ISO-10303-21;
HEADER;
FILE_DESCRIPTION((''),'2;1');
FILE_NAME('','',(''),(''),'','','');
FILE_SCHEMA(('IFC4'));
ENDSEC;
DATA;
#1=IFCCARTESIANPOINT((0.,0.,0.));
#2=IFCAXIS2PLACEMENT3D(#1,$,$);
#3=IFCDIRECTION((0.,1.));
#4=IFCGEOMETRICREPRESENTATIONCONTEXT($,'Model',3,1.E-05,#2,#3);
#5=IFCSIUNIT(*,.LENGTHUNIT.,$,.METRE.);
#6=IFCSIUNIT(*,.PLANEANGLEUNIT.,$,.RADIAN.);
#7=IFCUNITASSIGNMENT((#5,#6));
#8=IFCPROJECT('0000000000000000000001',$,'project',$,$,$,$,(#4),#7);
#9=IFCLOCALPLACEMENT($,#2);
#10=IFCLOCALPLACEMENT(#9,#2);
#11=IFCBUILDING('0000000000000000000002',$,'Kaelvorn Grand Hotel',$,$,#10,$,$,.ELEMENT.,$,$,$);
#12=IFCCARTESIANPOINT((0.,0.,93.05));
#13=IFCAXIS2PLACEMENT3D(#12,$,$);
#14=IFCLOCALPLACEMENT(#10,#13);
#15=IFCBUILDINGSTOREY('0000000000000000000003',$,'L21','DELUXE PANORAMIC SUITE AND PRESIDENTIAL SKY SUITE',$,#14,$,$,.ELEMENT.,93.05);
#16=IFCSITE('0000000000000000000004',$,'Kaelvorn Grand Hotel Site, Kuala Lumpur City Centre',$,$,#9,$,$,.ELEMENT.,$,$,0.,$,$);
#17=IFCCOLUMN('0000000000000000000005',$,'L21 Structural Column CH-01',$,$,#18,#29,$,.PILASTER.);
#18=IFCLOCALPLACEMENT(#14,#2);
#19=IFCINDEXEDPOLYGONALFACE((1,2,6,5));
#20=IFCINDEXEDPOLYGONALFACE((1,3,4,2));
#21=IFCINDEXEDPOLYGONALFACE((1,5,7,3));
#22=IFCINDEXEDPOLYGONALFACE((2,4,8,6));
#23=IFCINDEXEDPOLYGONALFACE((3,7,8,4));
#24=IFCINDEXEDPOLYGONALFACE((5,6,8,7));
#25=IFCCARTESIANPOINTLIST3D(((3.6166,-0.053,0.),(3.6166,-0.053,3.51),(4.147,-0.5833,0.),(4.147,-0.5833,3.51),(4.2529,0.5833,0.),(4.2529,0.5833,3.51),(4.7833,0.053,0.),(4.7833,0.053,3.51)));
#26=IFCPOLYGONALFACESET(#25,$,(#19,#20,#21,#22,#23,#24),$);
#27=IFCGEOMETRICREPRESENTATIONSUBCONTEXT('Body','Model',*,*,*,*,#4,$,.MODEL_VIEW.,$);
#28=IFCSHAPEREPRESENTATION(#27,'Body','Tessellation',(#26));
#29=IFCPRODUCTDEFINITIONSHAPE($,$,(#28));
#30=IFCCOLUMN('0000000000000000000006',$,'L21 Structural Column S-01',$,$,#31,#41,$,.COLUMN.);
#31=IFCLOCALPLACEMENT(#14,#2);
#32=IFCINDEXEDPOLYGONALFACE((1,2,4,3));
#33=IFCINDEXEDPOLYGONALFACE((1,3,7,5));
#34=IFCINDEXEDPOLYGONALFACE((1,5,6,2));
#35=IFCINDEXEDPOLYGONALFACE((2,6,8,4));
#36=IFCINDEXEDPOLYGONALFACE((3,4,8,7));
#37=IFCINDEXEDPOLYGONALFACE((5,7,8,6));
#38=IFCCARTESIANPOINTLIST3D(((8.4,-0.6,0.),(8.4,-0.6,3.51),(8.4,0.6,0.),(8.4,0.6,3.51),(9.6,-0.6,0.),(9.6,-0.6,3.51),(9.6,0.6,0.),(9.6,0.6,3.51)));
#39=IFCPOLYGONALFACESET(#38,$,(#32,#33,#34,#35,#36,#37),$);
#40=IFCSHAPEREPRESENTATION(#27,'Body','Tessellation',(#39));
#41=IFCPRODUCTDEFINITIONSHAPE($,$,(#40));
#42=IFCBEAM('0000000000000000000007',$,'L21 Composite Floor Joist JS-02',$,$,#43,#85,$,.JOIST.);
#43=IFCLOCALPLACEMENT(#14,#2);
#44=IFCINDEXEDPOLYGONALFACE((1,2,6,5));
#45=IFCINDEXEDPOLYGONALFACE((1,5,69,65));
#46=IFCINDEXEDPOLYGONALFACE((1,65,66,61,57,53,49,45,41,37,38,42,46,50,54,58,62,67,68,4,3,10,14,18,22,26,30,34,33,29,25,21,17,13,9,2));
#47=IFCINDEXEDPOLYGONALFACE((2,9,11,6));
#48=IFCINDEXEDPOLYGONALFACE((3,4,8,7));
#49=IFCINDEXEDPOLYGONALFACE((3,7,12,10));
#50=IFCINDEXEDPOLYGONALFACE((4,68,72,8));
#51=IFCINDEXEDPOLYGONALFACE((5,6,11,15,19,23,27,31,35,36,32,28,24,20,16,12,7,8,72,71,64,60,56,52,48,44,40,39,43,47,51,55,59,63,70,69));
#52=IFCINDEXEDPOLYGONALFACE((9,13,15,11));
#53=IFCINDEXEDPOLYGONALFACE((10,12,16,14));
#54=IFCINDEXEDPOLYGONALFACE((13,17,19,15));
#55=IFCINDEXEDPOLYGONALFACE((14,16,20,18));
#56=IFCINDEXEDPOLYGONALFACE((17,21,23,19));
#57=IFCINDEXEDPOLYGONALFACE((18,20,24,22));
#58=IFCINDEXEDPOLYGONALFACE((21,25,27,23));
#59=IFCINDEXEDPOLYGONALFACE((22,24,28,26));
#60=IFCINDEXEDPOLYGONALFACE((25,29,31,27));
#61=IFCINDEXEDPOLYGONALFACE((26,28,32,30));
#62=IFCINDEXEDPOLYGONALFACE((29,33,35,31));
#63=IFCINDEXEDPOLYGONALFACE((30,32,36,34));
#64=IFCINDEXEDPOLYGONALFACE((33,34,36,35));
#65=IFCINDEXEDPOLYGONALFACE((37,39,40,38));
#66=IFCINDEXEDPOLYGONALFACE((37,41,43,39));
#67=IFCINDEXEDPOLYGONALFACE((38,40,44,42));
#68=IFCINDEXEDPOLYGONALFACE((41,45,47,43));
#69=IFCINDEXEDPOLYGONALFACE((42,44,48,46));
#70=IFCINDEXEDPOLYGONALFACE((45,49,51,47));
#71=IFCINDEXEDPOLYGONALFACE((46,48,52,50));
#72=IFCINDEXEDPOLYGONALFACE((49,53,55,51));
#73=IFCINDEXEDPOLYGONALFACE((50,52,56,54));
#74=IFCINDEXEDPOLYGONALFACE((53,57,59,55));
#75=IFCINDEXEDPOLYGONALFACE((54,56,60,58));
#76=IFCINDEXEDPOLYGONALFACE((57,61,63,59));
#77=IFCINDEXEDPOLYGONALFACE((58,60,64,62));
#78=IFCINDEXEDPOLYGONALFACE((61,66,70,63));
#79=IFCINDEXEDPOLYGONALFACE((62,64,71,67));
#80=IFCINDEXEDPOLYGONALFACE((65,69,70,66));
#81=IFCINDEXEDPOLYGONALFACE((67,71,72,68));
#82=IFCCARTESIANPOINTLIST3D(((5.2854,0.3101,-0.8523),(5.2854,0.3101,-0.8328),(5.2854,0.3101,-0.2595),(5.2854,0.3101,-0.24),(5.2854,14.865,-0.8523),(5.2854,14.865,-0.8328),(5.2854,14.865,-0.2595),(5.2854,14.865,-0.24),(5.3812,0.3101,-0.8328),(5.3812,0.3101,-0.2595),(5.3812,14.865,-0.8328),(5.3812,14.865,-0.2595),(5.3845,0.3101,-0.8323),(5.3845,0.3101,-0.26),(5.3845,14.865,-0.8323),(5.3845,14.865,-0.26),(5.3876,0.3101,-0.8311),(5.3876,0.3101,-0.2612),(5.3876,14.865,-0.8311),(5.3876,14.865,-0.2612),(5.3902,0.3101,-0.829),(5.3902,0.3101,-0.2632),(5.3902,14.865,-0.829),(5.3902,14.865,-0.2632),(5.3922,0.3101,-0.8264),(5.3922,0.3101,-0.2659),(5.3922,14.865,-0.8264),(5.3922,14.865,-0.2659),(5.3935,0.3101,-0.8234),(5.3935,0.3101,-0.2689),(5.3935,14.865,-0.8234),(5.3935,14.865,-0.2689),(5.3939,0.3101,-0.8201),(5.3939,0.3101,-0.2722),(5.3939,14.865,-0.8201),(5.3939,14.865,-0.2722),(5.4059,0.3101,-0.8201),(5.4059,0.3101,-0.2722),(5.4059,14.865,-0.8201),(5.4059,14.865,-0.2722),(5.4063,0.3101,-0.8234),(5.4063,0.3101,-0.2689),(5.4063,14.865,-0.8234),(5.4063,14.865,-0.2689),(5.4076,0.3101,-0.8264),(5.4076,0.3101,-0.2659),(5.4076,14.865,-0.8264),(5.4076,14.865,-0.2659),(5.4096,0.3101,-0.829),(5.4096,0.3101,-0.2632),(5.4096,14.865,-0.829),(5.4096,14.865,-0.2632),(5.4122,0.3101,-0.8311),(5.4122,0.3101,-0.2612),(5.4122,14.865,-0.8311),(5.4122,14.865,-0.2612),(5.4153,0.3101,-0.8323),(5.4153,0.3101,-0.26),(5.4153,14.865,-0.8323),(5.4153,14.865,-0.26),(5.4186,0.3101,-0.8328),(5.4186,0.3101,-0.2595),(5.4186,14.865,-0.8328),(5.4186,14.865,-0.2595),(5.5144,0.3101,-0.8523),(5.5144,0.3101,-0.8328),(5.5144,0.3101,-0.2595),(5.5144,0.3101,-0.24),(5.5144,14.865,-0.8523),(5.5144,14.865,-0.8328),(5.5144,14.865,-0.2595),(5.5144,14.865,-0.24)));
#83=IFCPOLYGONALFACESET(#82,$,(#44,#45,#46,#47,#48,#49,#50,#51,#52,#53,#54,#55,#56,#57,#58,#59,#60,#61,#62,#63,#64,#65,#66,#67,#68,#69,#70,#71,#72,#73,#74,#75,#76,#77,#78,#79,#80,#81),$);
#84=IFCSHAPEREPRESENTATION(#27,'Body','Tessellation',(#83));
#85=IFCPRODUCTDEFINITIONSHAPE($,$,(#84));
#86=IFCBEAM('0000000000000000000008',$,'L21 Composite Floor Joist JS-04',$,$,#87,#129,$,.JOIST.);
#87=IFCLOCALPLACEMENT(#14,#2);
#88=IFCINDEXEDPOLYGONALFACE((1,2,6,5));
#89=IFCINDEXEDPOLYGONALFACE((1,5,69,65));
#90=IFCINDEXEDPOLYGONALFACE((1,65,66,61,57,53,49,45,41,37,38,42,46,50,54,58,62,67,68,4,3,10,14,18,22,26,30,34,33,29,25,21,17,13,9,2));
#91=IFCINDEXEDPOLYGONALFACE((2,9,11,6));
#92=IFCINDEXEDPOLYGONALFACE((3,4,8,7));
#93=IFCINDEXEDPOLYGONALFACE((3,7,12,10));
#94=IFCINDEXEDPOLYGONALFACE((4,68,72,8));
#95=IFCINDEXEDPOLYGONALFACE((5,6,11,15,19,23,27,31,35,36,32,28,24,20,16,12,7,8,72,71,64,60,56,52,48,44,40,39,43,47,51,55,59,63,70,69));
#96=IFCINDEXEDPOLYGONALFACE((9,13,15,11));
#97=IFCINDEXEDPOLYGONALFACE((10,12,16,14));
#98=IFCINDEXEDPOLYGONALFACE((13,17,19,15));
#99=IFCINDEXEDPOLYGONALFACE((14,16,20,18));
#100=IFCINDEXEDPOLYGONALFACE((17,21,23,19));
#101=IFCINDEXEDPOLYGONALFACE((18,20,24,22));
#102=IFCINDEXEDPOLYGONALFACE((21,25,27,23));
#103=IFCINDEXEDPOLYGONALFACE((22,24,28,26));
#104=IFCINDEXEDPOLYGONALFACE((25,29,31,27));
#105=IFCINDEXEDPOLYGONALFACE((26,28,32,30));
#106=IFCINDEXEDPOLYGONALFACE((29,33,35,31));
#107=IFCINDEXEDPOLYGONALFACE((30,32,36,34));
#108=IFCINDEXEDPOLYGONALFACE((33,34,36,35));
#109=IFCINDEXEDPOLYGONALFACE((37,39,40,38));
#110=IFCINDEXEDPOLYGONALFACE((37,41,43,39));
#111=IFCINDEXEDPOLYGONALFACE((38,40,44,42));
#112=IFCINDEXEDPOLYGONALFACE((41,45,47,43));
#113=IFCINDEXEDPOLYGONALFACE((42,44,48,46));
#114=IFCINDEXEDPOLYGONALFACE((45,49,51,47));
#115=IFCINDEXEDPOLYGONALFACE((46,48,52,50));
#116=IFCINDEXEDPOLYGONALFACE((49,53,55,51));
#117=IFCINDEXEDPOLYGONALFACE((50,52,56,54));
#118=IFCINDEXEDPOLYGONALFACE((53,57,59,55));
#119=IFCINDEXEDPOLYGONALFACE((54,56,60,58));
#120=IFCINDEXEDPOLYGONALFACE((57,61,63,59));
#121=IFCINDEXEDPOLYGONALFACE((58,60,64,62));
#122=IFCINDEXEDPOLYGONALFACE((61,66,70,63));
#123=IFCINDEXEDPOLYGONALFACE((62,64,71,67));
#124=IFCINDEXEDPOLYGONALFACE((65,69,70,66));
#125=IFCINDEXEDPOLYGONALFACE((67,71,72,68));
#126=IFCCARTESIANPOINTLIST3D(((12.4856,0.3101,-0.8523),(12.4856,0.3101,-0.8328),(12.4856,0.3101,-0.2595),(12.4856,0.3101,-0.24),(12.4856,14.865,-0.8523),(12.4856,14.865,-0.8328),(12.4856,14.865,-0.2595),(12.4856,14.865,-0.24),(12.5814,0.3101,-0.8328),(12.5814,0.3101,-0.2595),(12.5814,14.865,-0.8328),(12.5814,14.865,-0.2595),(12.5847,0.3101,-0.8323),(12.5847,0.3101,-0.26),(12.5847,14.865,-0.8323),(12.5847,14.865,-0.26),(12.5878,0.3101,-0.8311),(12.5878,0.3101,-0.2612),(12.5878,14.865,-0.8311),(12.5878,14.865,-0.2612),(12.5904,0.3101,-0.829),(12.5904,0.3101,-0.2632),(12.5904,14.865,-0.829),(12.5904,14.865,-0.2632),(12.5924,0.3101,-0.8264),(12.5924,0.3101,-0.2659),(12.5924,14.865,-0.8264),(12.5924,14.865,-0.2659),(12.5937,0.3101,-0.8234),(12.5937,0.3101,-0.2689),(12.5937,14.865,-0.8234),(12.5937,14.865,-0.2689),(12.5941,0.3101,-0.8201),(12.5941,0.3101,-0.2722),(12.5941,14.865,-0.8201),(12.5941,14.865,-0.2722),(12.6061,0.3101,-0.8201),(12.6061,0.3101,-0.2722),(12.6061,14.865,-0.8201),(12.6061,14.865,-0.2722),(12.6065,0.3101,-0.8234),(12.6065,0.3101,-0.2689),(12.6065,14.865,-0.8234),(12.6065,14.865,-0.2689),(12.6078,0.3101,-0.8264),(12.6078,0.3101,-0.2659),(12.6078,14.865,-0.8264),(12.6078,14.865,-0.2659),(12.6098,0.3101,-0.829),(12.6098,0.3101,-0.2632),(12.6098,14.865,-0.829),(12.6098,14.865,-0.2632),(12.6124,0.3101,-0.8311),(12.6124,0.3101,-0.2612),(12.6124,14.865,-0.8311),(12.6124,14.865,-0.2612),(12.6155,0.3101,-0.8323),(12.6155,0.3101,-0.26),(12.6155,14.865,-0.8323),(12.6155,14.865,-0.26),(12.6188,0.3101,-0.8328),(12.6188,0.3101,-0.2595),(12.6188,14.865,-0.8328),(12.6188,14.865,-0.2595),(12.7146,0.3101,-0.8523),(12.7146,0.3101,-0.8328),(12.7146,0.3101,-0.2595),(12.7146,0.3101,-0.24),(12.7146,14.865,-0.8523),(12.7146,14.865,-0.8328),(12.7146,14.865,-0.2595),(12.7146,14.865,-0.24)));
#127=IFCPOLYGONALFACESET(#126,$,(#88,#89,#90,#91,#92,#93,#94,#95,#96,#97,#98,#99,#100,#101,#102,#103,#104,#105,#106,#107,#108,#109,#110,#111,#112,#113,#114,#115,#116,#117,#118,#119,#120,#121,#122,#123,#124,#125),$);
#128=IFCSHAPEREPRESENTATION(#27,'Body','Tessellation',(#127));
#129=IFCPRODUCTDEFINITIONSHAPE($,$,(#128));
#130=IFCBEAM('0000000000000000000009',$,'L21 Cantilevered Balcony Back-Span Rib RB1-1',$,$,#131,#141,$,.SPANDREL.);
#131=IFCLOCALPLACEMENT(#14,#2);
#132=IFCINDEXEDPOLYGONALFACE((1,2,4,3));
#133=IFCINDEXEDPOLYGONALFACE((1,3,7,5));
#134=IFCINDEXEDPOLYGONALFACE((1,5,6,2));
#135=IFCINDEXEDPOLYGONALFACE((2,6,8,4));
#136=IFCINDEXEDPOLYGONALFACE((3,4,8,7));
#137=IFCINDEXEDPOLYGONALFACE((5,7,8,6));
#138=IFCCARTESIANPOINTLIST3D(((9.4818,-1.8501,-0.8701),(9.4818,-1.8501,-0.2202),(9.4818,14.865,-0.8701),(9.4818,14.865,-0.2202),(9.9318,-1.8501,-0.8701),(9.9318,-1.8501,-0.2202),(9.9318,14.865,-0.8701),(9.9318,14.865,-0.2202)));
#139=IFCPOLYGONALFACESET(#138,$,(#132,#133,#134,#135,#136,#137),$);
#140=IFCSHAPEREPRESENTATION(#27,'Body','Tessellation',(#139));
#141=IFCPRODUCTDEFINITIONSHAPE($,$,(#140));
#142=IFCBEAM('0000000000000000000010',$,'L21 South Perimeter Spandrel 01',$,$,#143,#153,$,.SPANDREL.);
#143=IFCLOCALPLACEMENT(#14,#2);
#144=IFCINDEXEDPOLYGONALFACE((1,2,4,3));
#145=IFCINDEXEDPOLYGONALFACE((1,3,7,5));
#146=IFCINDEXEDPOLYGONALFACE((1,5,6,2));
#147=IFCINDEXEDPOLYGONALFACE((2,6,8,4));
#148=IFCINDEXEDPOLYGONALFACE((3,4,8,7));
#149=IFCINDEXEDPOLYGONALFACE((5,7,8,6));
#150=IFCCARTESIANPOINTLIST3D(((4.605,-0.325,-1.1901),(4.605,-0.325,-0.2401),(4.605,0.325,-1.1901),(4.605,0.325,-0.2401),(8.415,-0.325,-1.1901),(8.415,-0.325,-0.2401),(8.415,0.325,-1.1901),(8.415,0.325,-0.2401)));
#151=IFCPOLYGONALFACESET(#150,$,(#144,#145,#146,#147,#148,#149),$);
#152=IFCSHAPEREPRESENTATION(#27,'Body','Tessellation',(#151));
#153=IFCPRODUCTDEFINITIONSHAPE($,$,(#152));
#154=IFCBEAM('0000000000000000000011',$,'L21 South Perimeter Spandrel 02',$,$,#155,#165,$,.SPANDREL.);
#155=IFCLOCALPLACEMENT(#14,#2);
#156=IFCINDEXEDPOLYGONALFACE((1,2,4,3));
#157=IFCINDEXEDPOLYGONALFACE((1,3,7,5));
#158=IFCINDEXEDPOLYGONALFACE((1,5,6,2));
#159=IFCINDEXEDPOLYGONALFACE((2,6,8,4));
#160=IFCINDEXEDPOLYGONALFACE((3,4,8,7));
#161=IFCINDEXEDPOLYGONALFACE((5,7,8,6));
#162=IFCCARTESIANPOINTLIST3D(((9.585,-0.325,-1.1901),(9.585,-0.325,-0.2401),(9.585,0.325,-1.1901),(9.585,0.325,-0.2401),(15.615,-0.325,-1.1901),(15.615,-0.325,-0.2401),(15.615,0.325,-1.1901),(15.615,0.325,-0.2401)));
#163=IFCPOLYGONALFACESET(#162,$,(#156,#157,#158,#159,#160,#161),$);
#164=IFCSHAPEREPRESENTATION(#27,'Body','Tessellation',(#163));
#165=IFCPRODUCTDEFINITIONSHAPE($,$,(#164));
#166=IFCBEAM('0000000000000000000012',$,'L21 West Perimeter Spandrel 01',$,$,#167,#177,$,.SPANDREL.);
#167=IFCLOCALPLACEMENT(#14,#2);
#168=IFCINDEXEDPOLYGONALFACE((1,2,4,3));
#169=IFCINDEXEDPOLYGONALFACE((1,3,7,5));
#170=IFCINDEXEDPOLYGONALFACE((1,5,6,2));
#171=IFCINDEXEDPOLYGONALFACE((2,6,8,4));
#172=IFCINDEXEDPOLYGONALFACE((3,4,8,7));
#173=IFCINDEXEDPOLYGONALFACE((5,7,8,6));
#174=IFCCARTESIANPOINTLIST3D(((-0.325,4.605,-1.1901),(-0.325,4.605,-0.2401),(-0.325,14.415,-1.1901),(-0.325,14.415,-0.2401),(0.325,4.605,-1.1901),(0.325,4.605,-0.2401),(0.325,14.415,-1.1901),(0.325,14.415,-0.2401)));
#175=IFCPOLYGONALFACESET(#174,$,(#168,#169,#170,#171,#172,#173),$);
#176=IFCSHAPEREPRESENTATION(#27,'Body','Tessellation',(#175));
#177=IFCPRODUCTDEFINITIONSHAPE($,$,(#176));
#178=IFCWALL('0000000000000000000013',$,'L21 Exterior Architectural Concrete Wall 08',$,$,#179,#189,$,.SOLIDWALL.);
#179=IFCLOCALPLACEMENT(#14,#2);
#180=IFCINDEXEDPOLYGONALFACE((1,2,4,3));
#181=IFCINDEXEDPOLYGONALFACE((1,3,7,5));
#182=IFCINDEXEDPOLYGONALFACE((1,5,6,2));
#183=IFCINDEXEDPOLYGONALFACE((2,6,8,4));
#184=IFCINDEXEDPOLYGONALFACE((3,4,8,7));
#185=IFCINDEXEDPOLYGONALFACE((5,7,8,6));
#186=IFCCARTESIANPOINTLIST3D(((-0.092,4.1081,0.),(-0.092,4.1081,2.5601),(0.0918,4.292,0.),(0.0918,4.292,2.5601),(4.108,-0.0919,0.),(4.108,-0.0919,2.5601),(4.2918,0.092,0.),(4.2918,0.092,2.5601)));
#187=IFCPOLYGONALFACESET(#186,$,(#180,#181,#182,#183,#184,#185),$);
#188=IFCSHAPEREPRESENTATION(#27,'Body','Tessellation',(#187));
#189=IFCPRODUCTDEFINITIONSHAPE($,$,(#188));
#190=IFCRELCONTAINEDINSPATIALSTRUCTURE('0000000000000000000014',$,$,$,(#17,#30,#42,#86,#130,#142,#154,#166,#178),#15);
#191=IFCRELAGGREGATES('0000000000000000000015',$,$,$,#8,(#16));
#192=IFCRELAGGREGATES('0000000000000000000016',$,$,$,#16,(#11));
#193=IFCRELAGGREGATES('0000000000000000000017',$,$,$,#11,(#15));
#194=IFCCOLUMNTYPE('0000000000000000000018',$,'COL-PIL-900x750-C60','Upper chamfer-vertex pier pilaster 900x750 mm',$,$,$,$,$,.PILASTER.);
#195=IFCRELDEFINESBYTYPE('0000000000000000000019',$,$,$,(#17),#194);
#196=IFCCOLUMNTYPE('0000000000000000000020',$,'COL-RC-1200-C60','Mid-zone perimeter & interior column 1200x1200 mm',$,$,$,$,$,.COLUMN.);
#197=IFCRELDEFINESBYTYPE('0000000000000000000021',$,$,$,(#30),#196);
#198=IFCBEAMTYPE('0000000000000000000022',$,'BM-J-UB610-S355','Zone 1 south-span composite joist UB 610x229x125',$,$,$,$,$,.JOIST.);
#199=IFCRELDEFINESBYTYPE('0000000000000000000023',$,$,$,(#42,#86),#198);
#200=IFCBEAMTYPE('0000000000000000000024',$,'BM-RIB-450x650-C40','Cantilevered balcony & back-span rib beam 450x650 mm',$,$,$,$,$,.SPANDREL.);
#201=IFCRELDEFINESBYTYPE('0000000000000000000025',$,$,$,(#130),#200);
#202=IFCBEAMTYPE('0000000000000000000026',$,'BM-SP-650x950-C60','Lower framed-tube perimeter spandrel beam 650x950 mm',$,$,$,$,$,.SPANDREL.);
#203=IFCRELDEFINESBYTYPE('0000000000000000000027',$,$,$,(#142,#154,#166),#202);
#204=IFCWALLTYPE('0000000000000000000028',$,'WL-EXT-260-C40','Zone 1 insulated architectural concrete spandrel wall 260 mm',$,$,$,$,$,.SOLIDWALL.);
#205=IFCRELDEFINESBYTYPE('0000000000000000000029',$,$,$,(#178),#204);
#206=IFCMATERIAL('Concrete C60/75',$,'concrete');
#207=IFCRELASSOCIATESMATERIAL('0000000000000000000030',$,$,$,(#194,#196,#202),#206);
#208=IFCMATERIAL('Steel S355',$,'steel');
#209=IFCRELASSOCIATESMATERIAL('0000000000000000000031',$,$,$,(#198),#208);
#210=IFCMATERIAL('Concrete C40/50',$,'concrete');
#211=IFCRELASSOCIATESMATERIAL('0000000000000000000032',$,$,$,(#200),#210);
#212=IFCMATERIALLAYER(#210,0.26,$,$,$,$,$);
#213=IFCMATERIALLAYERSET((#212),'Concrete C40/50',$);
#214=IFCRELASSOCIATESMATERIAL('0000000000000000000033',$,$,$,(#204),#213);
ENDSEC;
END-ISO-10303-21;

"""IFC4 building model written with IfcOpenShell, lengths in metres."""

from ifc_helpers import new_model, si_unit, direction, frame, frame_2d, origin, origin_2d, place, context, subcontext, project, spatial, rectangle, i_section, extrude, material, layer, layer_set, material_profile, profile_set, type_object, element, save


model = new_model("IFC4")

# Units and contexts
model_context = context("Model", 3, precision=1e-05, world=origin(), true_north=direction((0.0, 1.0)))
body_context = subcontext(model_context, "Body", "Model", "MODEL_VIEW")
ifc_project = project(units=[si_unit("LENGTHUNIT", "METRE"), si_unit("PLANEANGLEUNIT", "RADIAN")], contexts=[model_context])

# Site, building, storey
site_placement = place(None, origin())
site = spatial("IfcSite", under=ifc_project, at=site_placement, Name="Kaelvorn Grand Hotel Site, Kuala Lumpur City Centre", CompositionType="ELEMENT", RefElevation=0.0)
building_placement = place(site_placement, origin())
building = spatial("IfcBuilding", under=site, at=building_placement, Name="Kaelvorn Grand Hotel", CompositionType="ELEMENT")
storey_placement = place(building_placement, frame((0.0, 0.0, 93.05)))
storey = spatial("IfcBuildingStorey", under=building, at=storey_placement, Name="L21", Description="DELUXE PANORAMIC SUITE AND PRESIDENTIAL SKY SUITE", CompositionType="ELEMENT", Elevation=93.05)

# Columns
ifc_material_1 = material(Name="Concrete C60/75", Category="concrete")
ifc_material_profile_1 = material_profile(ifc_material_1, rectangle(XDim=0.8999, YDim=0.75, at=origin_2d()), Name="RC PILASTER 900x750")
ifc_profile_set_1 = profile_set([ifc_material_profile_1], Name="Concrete C60/75")
column_type_1 = type_object("IfcColumnType", Name="COL-PIL-900x750-C60", Description="Upper chamfer-vertex pier pilaster 900x750 mm", PredefinedType="PILASTER", material=ifc_profile_set_1)
column_1_placement = place(storey_placement, frame((4.2, 0.0, 0.0), z_axis=(0.0, 0.0, 1.0), x_axis=(0.707107, 0.707107, 0.0)))
element("IfcColumn", 1, at=column_1_placement, inside=storey, type_object=column_type_1, Name="L21 Structural Column CH-01", PredefinedType="PILASTER", context=body_context, shape_type="SweptSolid", body=[
    extrude(rectangle(XDim=0.8999, YDim=0.75, at=origin_2d()), origin(), (0.0, 0.0, 1.0), 3.51),
])
ifc_material_profile_2 = material_profile(ifc_material_1, rectangle(XDim=1.2, YDim=1.2, at=origin_2d()), Name="RC COL 1200x1200")
ifc_profile_set_2 = profile_set([ifc_material_profile_2], Name="Concrete C60/75")
column_type_2 = type_object("IfcColumnType", Name="COL-RC-1200-C60", Description="Mid-zone perimeter & interior column 1200x1200 mm", PredefinedType="COLUMN", material=ifc_profile_set_2)
column_2_placement = place(storey_placement, frame((9.0, 0.0, 0.0), z_axis=(0.0, 0.0, 1.0), x_axis=(1.0, 0.0, 0.0)))
element("IfcColumn", 2, at=column_2_placement, inside=storey, type_object=column_type_2, Name="L21 Structural Column S-01", PredefinedType="COLUMN", context=body_context, shape_type="SweptSolid", body=[
    extrude(rectangle(XDim=1.2, YDim=1.2, at=origin_2d()), origin(), (0.0, 0.0, 1.0), 3.51),
])

# Beams
ifc_material_2 = material(Name="Steel S355", Category="steel")
ifc_material_profile_3 = material_profile(ifc_material_2, i_section(OverallWidth=0.229, OverallDepth=0.6123, WebThickness=0.012, FlangeThickness=0.0195, FilletRadius=0.0127, at=origin_2d()), Name="UB 610x229x125")
ifc_profile_set_3 = profile_set([ifc_material_profile_3], Name="Steel S355")
beam_type_1 = type_object("IfcBeamType", Name="BM-J-UB610-S355", Description="Zone 1 south-span composite joist UB 610x229x125", PredefinedType="JOIST", material=ifc_profile_set_3)
for number, where, z_axis, x_axis, name in (
    (3, (5.3999, 0.3101, -0.5461), (0.0, 1.0, 0.0), (-1.0, 0.0, 0.0), "L21 Composite Floor Joist JS-02"),
    (4, (12.6001, 0.3101, -0.5461), (0.0, 1.0, 0.0), (-1.0, 0.0, 0.0), "L21 Composite Floor Joist JS-04"),
):
    element("IfcBeam", number, at=place(storey_placement, frame(where, z_axis=z_axis, x_axis=x_axis)), inside=storey, type_object=beam_type_1, Name=name, PredefinedType="JOIST", context=body_context, shape_type="SweptSolid", body=[
        extrude(i_section(OverallWidth=0.229, OverallDepth=0.6123, WebThickness=0.012, FlangeThickness=0.0195, FilletRadius=0.0127, at=origin_2d()), origin(), (0.0, 0.0, 1.0), 14.5549),
    ])
ifc_material_3 = material(Name="Concrete C40/50", Category="concrete")
ifc_material_profile_4 = material_profile(ifc_material_3, rectangle(XDim=0.45, YDim=0.6499, at=origin_2d()), Name="RC RIB 450x650")
ifc_profile_set_4 = profile_set([ifc_material_profile_4], Name="Concrete C40/50")
beam_type_2 = type_object("IfcBeamType", Name="BM-RIB-450x650-C40", Description="Cantilevered balcony & back-span rib beam 450x650 mm", PredefinedType="SPANDREL", material=ifc_profile_set_4)
beam_1_placement = place(storey_placement, frame((9.7068, -1.8501, -0.5452), z_axis=(0.0, 1.0, 0.0), x_axis=(-1.0, 0.0, 0.0)))
element("IfcBeam", 5, at=beam_1_placement, inside=storey, type_object=beam_type_2, Name="L21 Cantilevered Balcony Back-Span Rib RB1-1", PredefinedType="SPANDREL", context=body_context, shape_type="SweptSolid", body=[
    extrude(rectangle(XDim=0.45, YDim=0.6499, at=origin_2d()), origin(), (0.0, 0.0, 1.0), 16.7151),
])
ifc_material_profile_5 = material_profile(ifc_material_1, rectangle(XDim=0.6499, YDim=0.95, at=origin_2d()), Name="RC SPANDREL 650x950")
ifc_profile_set_5 = profile_set([ifc_material_profile_5], Name="Concrete C60/75")
beam_type_3 = type_object("IfcBeamType", Name="BM-SP-650x950-C60", Description="Lower framed-tube perimeter spandrel beam 650x950 mm", PredefinedType="SPANDREL", material=ifc_profile_set_5)
beam_2_placement = place(storey_placement, frame((4.605, 0.0, -0.7151), z_axis=(1.0, 0.0, 0.0), x_axis=(0.0, 1.0, 0.0)))
element("IfcBeam", 6, at=beam_2_placement, inside=storey, type_object=beam_type_3, Name="L21 South Perimeter Spandrel 01", PredefinedType="SPANDREL", context=body_context, shape_type="SweptSolid", body=[
    extrude(rectangle(XDim=0.6499, YDim=0.95, at=origin_2d()), origin(), (0.0, 0.0, 1.0), 3.8101),
])
beam_3_placement = place(storey_placement, frame((9.585, 0.0, -0.7151), z_axis=(1.0, 0.0, 0.0), x_axis=(0.0, 1.0, 0.0)))
element("IfcBeam", 7, at=beam_3_placement, inside=storey, type_object=beam_type_3, Name="L21 South Perimeter Spandrel 02", PredefinedType="SPANDREL", context=body_context, shape_type="SweptSolid", body=[
    extrude(rectangle(XDim=0.6499, YDim=0.95, at=origin_2d()), origin(), (0.0, 0.0, 1.0), 6.03),
])
beam_4_placement = place(storey_placement, frame((0.0, 4.605, -0.7151), z_axis=(0.0, 1.0, 0.0), x_axis=(-1.0, 0.0, 0.0)))
element("IfcBeam", 8, at=beam_4_placement, inside=storey, type_object=beam_type_3, Name="L21 West Perimeter Spandrel 01", PredefinedType="SPANDREL", context=body_context, shape_type="SweptSolid", body=[
    extrude(rectangle(XDim=0.6499, YDim=0.95, at=origin_2d()), origin(), (0.0, 0.0, 1.0), 9.8101),
])

# Shared definitions
ifc_layer_1 = layer(ifc_material_3, 0.26)
ifc_layer_set_1 = layer_set([ifc_layer_1], Name="Concrete C40/50")
wall_type = type_object("IfcWallType", Name="WL-EXT-260-C40", Description="Zone 1 insulated architectural concrete spandrel wall 260 mm", PredefinedType="SOLIDWALL", material=ifc_layer_set_1)

# Wall
wall_1_placement = place(storey_placement, frame((0.0, 4.2, 0.0), z_axis=(0.0, 0.0, 1.0), x_axis=(0.707107, -0.707107, 0.0)))
element("IfcWall", 9, at=wall_1_placement, inside=storey, type_object=wall_type, Name="L21 Exterior Architectural Concrete Wall 08", PredefinedType="SOLIDWALL", context=body_context, shape_type="SweptSolid", body=[
    extrude(rectangle(XDim=5.9397, YDim=0.26, at=frame_2d((2.9697, 0.0))), origin(), (0.0, 0.0, 1.0), 2.5601),
])

save(model, "model.ifc")
